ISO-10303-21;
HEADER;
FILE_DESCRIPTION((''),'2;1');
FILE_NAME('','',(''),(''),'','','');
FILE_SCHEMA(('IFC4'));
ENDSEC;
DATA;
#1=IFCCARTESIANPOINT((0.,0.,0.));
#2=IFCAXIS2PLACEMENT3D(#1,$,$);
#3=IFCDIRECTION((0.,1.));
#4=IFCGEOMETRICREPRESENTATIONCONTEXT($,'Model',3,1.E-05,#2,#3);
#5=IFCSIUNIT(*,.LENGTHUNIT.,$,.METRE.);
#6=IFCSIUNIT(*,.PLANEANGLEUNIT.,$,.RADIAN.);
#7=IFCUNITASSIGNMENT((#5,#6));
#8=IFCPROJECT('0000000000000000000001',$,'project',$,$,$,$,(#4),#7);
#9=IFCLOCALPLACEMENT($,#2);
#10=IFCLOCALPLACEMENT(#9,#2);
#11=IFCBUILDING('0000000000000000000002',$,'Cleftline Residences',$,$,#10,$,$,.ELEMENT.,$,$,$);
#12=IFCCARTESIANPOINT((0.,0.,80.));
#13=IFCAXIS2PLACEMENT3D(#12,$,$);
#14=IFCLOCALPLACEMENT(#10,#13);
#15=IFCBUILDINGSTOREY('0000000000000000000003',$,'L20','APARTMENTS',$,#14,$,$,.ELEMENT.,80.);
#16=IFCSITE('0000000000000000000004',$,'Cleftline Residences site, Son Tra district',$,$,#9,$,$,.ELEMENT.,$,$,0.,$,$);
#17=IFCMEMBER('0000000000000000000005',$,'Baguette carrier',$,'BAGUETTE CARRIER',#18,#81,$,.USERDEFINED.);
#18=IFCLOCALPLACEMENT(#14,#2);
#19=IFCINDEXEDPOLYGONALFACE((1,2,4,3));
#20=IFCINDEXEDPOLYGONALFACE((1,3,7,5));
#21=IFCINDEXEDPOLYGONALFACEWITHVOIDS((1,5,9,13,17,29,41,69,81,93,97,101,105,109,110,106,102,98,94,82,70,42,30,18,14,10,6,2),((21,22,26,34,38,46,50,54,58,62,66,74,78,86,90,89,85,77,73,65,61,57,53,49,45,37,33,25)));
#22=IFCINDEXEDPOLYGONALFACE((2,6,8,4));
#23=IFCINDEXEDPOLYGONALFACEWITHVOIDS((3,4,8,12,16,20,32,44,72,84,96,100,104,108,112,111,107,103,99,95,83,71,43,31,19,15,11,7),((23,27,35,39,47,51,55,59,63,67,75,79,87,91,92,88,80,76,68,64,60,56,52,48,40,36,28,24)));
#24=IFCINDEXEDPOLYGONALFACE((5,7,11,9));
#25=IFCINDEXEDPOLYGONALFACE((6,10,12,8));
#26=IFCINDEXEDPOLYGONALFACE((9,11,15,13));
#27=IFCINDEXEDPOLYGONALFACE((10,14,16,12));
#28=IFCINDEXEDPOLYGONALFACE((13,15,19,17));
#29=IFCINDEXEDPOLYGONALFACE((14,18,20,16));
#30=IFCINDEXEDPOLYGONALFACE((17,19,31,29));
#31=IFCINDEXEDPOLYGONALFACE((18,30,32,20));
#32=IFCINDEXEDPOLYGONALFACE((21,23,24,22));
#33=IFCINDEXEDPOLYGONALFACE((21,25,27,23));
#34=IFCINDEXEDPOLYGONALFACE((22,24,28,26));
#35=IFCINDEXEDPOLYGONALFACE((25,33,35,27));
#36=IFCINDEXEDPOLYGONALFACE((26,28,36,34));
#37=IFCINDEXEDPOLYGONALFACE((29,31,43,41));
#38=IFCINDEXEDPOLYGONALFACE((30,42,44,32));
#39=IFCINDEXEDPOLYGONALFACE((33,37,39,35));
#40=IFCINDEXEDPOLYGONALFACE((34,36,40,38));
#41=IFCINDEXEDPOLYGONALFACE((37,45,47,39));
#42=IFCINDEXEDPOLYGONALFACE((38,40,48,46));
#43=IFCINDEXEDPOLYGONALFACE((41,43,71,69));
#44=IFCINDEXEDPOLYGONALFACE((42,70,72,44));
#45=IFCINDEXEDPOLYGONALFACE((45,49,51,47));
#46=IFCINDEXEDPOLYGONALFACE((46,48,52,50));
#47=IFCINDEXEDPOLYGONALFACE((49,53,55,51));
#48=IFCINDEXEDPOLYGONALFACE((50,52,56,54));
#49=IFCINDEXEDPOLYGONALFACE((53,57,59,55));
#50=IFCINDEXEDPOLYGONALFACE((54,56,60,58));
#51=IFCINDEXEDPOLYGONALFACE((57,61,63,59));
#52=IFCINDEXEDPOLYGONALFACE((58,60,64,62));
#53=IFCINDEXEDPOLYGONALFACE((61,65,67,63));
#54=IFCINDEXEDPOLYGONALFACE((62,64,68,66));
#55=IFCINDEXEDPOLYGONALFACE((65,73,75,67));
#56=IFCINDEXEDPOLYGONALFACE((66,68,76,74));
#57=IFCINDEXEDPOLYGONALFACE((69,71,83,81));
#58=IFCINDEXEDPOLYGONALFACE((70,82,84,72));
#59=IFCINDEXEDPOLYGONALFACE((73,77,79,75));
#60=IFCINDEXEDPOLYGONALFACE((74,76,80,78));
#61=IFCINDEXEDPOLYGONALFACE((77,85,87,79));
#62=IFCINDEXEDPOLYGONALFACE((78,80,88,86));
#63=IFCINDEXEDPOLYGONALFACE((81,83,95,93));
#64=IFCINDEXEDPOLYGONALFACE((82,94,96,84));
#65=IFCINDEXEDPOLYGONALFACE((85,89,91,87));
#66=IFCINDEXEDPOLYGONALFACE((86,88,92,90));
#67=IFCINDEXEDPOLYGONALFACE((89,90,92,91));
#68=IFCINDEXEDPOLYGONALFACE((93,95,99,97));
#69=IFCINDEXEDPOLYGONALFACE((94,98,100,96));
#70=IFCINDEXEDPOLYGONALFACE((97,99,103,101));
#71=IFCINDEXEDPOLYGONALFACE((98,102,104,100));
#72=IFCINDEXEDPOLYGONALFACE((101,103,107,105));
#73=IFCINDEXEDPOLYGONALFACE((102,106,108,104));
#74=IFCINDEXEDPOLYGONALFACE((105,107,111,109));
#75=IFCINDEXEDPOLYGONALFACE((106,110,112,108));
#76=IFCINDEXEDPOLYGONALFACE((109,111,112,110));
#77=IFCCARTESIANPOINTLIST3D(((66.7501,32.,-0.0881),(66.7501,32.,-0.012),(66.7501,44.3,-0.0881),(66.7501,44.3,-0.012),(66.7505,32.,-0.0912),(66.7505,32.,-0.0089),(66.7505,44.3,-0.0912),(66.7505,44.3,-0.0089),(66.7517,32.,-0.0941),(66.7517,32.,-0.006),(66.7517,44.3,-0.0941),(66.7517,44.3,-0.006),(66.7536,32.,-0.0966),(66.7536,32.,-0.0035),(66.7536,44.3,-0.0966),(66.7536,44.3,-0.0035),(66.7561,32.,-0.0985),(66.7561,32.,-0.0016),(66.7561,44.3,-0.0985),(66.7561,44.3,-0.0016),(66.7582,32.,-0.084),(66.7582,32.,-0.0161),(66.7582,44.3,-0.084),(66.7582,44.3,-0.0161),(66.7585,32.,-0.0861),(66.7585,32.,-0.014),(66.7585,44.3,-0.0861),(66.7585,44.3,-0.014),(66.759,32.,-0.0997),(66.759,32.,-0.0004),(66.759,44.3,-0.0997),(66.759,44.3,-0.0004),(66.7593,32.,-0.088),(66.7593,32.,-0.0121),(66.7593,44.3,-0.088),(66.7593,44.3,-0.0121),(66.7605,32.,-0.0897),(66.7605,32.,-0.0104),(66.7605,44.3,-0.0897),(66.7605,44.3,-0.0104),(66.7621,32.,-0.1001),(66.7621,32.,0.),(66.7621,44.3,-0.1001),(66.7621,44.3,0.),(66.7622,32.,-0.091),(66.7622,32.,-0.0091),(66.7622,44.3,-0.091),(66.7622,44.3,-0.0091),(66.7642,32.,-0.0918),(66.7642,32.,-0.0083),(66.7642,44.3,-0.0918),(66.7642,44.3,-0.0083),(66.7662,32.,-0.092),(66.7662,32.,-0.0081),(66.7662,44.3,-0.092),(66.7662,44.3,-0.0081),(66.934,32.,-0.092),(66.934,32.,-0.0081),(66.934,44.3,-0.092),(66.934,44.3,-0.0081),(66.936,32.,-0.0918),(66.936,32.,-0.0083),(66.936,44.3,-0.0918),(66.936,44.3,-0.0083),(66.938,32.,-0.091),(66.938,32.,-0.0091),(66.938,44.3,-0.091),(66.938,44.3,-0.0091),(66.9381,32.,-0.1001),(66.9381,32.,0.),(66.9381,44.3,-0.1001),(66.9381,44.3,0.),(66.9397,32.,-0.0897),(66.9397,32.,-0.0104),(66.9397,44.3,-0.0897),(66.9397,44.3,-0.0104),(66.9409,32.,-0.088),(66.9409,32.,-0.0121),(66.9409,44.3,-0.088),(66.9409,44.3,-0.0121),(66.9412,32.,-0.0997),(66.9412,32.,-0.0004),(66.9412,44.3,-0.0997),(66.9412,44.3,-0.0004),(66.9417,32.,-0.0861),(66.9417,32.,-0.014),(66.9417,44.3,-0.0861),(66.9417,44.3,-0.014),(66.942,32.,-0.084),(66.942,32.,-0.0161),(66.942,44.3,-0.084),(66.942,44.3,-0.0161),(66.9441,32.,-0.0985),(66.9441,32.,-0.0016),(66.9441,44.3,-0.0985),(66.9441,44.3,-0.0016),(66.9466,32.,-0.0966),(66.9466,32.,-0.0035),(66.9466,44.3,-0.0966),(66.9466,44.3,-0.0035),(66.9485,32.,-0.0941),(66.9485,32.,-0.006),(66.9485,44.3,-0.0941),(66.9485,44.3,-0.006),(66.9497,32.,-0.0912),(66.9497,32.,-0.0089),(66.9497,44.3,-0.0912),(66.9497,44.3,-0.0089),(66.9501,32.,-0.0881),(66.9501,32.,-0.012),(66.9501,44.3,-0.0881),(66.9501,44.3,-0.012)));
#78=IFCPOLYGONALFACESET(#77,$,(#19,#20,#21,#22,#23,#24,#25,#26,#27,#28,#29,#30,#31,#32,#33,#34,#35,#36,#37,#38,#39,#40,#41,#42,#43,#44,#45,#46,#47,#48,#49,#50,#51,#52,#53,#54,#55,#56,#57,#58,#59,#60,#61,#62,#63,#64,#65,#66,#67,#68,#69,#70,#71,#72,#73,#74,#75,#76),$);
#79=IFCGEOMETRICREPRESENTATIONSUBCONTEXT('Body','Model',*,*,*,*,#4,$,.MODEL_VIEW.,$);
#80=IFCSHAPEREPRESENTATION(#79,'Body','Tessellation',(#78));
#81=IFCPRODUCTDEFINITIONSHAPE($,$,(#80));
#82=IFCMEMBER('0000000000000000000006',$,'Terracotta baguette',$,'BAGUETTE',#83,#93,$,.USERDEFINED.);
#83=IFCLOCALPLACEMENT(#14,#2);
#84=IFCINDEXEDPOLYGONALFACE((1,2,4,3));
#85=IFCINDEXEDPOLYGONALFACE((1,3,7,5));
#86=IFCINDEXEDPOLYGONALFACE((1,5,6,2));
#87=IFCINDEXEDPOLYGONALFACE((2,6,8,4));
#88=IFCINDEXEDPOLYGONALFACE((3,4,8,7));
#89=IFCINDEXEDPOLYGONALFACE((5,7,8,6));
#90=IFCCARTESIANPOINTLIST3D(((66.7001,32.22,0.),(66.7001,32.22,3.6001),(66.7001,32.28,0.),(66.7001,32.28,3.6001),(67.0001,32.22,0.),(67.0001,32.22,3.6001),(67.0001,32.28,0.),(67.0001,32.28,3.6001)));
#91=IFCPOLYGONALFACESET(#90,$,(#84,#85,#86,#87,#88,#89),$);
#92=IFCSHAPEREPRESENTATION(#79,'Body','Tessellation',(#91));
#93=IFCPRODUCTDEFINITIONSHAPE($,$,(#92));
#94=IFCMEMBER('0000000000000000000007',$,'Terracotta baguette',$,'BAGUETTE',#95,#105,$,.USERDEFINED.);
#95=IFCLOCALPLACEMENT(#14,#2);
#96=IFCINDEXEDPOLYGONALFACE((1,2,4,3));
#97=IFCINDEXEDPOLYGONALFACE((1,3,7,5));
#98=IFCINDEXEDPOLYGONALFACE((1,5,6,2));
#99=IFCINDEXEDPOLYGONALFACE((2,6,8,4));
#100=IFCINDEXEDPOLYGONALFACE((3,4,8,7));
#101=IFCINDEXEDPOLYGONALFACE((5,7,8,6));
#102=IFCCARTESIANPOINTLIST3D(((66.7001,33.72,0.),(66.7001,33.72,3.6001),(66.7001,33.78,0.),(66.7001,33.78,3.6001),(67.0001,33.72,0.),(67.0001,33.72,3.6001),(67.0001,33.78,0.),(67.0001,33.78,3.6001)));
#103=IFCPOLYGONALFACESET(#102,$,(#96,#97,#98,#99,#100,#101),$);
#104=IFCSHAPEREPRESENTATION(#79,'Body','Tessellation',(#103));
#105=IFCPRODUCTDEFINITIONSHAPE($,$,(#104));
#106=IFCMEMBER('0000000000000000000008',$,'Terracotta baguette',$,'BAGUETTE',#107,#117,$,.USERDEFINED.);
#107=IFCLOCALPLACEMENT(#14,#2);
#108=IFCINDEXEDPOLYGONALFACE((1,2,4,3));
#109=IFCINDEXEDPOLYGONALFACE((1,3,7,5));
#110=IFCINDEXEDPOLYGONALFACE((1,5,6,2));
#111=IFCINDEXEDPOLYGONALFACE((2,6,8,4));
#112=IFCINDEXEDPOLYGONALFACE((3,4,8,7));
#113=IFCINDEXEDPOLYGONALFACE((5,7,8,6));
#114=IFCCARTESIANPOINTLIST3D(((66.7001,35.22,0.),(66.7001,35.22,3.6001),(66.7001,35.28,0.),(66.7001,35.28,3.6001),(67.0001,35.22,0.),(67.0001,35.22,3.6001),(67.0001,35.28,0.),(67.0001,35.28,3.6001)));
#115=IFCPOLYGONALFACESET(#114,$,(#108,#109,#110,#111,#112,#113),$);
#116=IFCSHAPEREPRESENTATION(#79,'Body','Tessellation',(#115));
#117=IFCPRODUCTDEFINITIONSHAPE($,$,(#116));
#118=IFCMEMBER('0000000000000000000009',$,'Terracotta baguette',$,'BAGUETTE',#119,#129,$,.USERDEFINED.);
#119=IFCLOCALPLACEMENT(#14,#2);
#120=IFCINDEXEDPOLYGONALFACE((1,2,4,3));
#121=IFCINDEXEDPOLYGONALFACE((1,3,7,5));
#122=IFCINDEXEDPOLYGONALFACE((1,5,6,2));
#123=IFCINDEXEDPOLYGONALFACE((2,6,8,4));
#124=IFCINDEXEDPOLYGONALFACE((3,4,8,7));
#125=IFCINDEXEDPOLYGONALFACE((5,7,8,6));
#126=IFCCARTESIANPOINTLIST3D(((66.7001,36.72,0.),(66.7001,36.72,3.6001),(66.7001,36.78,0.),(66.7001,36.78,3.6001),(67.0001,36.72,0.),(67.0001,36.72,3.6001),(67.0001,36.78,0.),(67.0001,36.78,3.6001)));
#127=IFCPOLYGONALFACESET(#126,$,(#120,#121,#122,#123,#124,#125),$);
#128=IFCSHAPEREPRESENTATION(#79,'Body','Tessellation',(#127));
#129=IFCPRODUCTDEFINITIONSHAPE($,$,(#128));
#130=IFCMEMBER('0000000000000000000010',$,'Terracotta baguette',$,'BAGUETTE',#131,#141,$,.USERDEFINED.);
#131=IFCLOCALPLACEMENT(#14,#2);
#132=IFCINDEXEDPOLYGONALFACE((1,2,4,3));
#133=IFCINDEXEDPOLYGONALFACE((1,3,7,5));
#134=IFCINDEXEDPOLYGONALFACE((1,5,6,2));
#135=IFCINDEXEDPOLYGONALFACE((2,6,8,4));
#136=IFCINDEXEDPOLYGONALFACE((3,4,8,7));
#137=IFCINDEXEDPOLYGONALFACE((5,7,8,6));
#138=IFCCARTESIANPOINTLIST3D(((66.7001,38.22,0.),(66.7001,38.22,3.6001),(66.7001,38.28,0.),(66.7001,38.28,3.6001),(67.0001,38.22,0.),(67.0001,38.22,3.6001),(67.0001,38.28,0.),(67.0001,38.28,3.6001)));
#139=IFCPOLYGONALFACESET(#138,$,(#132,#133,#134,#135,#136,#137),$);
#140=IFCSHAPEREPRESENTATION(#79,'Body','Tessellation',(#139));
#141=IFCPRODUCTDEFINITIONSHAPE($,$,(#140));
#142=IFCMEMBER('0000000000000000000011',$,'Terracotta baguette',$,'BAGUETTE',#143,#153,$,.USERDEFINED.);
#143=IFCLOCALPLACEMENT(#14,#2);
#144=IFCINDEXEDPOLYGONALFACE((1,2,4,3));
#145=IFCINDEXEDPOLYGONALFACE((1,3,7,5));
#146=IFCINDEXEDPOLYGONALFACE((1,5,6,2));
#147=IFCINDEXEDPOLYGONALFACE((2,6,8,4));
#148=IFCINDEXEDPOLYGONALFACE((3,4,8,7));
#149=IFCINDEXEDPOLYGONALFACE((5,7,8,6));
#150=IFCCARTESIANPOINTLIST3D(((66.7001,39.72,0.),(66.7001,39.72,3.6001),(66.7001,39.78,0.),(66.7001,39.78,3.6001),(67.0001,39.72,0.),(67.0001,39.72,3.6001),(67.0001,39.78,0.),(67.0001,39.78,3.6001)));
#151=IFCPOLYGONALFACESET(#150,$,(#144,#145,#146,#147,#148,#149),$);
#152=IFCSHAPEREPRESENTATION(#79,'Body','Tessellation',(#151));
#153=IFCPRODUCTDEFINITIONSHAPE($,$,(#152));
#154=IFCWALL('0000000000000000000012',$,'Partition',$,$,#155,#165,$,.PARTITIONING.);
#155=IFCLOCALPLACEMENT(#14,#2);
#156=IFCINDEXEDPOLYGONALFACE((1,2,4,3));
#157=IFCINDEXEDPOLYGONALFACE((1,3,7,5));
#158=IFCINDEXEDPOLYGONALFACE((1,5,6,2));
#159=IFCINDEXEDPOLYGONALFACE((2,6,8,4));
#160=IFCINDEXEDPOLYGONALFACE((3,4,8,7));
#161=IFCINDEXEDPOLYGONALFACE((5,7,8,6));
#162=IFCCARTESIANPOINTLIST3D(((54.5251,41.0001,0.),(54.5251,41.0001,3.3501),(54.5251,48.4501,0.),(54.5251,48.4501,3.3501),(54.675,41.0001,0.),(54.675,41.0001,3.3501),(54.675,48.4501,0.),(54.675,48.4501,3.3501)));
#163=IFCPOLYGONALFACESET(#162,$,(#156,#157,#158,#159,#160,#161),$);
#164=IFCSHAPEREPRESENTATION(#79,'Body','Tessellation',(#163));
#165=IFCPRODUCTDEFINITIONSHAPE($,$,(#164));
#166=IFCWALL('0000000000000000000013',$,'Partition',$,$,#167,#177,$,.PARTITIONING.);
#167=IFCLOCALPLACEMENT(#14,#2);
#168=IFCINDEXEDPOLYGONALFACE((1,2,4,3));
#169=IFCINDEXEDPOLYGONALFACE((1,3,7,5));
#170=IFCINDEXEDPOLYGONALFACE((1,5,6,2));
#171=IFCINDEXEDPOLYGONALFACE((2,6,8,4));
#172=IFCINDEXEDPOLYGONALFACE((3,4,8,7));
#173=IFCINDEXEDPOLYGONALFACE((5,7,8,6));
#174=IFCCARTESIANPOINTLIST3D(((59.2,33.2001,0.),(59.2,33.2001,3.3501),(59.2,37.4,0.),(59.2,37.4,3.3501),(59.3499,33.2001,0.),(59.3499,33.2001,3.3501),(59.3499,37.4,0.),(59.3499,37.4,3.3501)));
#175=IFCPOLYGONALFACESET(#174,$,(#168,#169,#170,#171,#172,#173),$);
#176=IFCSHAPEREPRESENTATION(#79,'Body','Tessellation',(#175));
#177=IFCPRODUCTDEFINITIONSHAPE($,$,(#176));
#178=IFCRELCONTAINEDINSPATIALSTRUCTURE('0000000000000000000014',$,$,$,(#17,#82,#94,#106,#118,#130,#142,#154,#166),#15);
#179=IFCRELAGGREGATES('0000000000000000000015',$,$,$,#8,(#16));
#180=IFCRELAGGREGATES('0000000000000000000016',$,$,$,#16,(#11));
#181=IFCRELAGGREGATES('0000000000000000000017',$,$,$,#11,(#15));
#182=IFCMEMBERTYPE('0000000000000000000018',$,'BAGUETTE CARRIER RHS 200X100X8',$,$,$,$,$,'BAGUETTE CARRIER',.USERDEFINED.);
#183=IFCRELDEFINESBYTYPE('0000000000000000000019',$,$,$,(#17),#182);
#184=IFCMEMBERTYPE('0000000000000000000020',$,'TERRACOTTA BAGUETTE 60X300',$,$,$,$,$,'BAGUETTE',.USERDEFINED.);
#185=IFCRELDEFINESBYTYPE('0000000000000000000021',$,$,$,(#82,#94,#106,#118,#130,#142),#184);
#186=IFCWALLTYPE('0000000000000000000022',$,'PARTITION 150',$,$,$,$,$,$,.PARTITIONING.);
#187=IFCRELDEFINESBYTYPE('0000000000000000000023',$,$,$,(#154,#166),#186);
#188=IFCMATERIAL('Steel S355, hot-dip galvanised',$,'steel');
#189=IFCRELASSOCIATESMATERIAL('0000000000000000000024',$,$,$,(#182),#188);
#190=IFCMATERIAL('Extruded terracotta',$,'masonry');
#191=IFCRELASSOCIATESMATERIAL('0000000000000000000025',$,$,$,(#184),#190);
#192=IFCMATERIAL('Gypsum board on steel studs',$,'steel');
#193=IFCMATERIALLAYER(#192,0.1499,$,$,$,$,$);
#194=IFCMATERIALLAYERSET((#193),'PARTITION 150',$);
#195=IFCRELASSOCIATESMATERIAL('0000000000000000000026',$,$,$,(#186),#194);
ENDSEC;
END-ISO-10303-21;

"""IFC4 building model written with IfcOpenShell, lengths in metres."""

from ifc_helpers import new_model, si_unit, direction, frame, frame_2d, origin, origin_2d, place, context, subcontext, project, spatial, rectangle, hollow_rectangle, extrude, material, layer, layer_set, material_profile, profile_set, type_object, element, save


model = new_model("IFC4")

# Units and contexts
model_context = context("Model", 3, precision=1e-05, world=origin(), true_north=direction((0.0, 1.0)))
body_context = subcontext(model_context, "Body", "Model", "MODEL_VIEW")
ifc_project = project(units=[si_unit("LENGTHUNIT", "METRE"), si_unit("PLANEANGLEUNIT", "RADIAN")], contexts=[model_context])

# Site, building, storey
site_placement = place(None, origin())
site = spatial("IfcSite", under=ifc_project, at=site_placement, Name="Cleftline Residences site, Son Tra district", CompositionType="ELEMENT", RefElevation=0.0)
building_placement = place(site_placement, origin())
building = spatial("IfcBuilding", under=site, at=building_placement, Name="Cleftline Residences", CompositionType="ELEMENT")
storey_placement = place(building_placement, frame((0.0, 0.0, 80.0)))
storey = spatial("IfcBuildingStorey", under=building, at=storey_placement, Name="L20", Description="APARTMENTS", CompositionType="ELEMENT", Elevation=80.0)

# Members
ifc_material_1 = material(Name="Steel S355, hot-dip galvanised", Category="steel")
ifc_material_profile_1 = material_profile(ifc_material_1, hollow_rectangle(XDim=0.1001, YDim=0.2, WallThickness=0.0081, InnerFilletRadius=0.0081, OuterFilletRadius=0.012, at=origin_2d()))
ifc_profile_set_1 = profile_set([ifc_material_profile_1], Name="Steel S355, hot-dip galvanised")
member_type_1 = type_object("IfcMemberType", Name="BAGUETTE CARRIER RHS 200X100X8", ElementType="BAGUETTE CARRIER", PredefinedType="USERDEFINED", material=ifc_profile_set_1)
member_placement = place(storey_placement, frame((66.8501, 32.0, -0.05), z_axis=(0.0, 1.0, 0.0), x_axis=(0.0, 0.0, 1.0)))
element("IfcMember", 1, at=member_placement, inside=storey, type_object=member_type_1, Name="Baguette carrier", ObjectType="BAGUETTE CARRIER", PredefinedType="USERDEFINED", context=body_context, shape_type="SweptSolid", body=[
    extrude(hollow_rectangle(XDim=0.1001, YDim=0.2, WallThickness=0.0081, InnerFilletRadius=0.0081, OuterFilletRadius=0.012, at=origin_2d()), origin(), (0.0, 0.0, 1.0), 12.3),
])
ifc_material_2 = material(Name="Extruded terracotta", Category="masonry")
ifc_material_profile_2 = material_profile(ifc_material_2, rectangle(XDim=0.0601, YDim=0.3, at=origin_2d()))
ifc_profile_set_2 = profile_set([ifc_material_profile_2], Name="Extruded terracotta")
member_type_2 = type_object("IfcMemberType", Name="TERRACOTTA BAGUETTE 60X300", ElementType="BAGUETTE", PredefinedType="USERDEFINED", material=ifc_profile_set_2)
for number, where, z_axis, x_axis, name in (
    (2, (66.8501, 32.25, 0.0), (0.0, 0.0, 1.0), (0.0, 1.0, 0.0), "Terracotta baguette"),
    (3, (66.8501, 33.75, 0.0), (0.0, 0.0, 1.0), (0.0, 1.0, 0.0), "Terracotta baguette"),
    (4, (66.8501, 35.25, 0.0), (0.0, 0.0, 1.0), (0.0, 1.0, 0.0), "Terracotta baguette"),
    (5, (66.8501, 36.75, 0.0), (0.0, 0.0, 1.0), (0.0, 1.0, 0.0), "Terracotta baguette"),
    (6, (66.8501, 38.25, 0.0), (0.0, 0.0, 1.0), (0.0, 1.0, 0.0), "Terracotta baguette"),
    (7, (66.8501, 39.75, 0.0), (0.0, 0.0, 1.0), (0.0, 1.0, 0.0), "Terracotta baguette"),
):
    element("IfcMember", number, at=place(storey_placement, frame(where, z_axis=z_axis, x_axis=x_axis)), inside=storey, type_object=member_type_2, Name=name, ObjectType="BAGUETTE", PredefinedType="USERDEFINED", context=body_context, shape_type="SweptSolid", body=[
        extrude(rectangle(XDim=0.0601, YDim=0.3, at=origin_2d()), origin(), (0.0, 0.0, 1.0), 3.6001),
    ])

# Walls
ifc_material_3 = material(Name="Gypsum board on steel studs", Category="steel")
ifc_layer = layer(ifc_material_3, 0.1499)
ifc_layer_set = layer_set([ifc_layer], Name="PARTITION 150")
wall_type = type_object("IfcWallType", Name="PARTITION 150", PredefinedType="PARTITIONING", material=ifc_layer_set)
wall_1_placement = place(storey_placement, frame((54.6001, 41.0, 0.0), z_axis=(0.0, 0.0, 1.0), x_axis=(0.0, 1.0, 0.0)))
element("IfcWall", 8, at=wall_1_placement, inside=storey, type_object=wall_type, Name="Partition", PredefinedType="PARTITIONING", context=body_context, shape_type="SweptSolid", body=[
    extrude(rectangle(XDim=7.45, YDim=0.1499, at=frame_2d((3.7251, 0.0))), origin(), (0.0, 0.0, 1.0), 3.3501),
])
wall_2_placement = place(storey_placement, frame((59.2749, 33.2, 0.0), z_axis=(0.0, 0.0, 1.0), x_axis=(0.0, 1.0, 0.0)))
element("IfcWall", 9, at=wall_2_placement, inside=storey, type_object=wall_type, Name="Partition", PredefinedType="PARTITIONING", context=body_context, shape_type="SweptSolid", body=[
    extrude(rectangle(XDim=4.2, YDim=0.1499, at=frame_2d((2.1001, 0.0))), origin(), (0.0, 0.0, 1.0), 3.3501),
])

save(model, "model.ifc")
